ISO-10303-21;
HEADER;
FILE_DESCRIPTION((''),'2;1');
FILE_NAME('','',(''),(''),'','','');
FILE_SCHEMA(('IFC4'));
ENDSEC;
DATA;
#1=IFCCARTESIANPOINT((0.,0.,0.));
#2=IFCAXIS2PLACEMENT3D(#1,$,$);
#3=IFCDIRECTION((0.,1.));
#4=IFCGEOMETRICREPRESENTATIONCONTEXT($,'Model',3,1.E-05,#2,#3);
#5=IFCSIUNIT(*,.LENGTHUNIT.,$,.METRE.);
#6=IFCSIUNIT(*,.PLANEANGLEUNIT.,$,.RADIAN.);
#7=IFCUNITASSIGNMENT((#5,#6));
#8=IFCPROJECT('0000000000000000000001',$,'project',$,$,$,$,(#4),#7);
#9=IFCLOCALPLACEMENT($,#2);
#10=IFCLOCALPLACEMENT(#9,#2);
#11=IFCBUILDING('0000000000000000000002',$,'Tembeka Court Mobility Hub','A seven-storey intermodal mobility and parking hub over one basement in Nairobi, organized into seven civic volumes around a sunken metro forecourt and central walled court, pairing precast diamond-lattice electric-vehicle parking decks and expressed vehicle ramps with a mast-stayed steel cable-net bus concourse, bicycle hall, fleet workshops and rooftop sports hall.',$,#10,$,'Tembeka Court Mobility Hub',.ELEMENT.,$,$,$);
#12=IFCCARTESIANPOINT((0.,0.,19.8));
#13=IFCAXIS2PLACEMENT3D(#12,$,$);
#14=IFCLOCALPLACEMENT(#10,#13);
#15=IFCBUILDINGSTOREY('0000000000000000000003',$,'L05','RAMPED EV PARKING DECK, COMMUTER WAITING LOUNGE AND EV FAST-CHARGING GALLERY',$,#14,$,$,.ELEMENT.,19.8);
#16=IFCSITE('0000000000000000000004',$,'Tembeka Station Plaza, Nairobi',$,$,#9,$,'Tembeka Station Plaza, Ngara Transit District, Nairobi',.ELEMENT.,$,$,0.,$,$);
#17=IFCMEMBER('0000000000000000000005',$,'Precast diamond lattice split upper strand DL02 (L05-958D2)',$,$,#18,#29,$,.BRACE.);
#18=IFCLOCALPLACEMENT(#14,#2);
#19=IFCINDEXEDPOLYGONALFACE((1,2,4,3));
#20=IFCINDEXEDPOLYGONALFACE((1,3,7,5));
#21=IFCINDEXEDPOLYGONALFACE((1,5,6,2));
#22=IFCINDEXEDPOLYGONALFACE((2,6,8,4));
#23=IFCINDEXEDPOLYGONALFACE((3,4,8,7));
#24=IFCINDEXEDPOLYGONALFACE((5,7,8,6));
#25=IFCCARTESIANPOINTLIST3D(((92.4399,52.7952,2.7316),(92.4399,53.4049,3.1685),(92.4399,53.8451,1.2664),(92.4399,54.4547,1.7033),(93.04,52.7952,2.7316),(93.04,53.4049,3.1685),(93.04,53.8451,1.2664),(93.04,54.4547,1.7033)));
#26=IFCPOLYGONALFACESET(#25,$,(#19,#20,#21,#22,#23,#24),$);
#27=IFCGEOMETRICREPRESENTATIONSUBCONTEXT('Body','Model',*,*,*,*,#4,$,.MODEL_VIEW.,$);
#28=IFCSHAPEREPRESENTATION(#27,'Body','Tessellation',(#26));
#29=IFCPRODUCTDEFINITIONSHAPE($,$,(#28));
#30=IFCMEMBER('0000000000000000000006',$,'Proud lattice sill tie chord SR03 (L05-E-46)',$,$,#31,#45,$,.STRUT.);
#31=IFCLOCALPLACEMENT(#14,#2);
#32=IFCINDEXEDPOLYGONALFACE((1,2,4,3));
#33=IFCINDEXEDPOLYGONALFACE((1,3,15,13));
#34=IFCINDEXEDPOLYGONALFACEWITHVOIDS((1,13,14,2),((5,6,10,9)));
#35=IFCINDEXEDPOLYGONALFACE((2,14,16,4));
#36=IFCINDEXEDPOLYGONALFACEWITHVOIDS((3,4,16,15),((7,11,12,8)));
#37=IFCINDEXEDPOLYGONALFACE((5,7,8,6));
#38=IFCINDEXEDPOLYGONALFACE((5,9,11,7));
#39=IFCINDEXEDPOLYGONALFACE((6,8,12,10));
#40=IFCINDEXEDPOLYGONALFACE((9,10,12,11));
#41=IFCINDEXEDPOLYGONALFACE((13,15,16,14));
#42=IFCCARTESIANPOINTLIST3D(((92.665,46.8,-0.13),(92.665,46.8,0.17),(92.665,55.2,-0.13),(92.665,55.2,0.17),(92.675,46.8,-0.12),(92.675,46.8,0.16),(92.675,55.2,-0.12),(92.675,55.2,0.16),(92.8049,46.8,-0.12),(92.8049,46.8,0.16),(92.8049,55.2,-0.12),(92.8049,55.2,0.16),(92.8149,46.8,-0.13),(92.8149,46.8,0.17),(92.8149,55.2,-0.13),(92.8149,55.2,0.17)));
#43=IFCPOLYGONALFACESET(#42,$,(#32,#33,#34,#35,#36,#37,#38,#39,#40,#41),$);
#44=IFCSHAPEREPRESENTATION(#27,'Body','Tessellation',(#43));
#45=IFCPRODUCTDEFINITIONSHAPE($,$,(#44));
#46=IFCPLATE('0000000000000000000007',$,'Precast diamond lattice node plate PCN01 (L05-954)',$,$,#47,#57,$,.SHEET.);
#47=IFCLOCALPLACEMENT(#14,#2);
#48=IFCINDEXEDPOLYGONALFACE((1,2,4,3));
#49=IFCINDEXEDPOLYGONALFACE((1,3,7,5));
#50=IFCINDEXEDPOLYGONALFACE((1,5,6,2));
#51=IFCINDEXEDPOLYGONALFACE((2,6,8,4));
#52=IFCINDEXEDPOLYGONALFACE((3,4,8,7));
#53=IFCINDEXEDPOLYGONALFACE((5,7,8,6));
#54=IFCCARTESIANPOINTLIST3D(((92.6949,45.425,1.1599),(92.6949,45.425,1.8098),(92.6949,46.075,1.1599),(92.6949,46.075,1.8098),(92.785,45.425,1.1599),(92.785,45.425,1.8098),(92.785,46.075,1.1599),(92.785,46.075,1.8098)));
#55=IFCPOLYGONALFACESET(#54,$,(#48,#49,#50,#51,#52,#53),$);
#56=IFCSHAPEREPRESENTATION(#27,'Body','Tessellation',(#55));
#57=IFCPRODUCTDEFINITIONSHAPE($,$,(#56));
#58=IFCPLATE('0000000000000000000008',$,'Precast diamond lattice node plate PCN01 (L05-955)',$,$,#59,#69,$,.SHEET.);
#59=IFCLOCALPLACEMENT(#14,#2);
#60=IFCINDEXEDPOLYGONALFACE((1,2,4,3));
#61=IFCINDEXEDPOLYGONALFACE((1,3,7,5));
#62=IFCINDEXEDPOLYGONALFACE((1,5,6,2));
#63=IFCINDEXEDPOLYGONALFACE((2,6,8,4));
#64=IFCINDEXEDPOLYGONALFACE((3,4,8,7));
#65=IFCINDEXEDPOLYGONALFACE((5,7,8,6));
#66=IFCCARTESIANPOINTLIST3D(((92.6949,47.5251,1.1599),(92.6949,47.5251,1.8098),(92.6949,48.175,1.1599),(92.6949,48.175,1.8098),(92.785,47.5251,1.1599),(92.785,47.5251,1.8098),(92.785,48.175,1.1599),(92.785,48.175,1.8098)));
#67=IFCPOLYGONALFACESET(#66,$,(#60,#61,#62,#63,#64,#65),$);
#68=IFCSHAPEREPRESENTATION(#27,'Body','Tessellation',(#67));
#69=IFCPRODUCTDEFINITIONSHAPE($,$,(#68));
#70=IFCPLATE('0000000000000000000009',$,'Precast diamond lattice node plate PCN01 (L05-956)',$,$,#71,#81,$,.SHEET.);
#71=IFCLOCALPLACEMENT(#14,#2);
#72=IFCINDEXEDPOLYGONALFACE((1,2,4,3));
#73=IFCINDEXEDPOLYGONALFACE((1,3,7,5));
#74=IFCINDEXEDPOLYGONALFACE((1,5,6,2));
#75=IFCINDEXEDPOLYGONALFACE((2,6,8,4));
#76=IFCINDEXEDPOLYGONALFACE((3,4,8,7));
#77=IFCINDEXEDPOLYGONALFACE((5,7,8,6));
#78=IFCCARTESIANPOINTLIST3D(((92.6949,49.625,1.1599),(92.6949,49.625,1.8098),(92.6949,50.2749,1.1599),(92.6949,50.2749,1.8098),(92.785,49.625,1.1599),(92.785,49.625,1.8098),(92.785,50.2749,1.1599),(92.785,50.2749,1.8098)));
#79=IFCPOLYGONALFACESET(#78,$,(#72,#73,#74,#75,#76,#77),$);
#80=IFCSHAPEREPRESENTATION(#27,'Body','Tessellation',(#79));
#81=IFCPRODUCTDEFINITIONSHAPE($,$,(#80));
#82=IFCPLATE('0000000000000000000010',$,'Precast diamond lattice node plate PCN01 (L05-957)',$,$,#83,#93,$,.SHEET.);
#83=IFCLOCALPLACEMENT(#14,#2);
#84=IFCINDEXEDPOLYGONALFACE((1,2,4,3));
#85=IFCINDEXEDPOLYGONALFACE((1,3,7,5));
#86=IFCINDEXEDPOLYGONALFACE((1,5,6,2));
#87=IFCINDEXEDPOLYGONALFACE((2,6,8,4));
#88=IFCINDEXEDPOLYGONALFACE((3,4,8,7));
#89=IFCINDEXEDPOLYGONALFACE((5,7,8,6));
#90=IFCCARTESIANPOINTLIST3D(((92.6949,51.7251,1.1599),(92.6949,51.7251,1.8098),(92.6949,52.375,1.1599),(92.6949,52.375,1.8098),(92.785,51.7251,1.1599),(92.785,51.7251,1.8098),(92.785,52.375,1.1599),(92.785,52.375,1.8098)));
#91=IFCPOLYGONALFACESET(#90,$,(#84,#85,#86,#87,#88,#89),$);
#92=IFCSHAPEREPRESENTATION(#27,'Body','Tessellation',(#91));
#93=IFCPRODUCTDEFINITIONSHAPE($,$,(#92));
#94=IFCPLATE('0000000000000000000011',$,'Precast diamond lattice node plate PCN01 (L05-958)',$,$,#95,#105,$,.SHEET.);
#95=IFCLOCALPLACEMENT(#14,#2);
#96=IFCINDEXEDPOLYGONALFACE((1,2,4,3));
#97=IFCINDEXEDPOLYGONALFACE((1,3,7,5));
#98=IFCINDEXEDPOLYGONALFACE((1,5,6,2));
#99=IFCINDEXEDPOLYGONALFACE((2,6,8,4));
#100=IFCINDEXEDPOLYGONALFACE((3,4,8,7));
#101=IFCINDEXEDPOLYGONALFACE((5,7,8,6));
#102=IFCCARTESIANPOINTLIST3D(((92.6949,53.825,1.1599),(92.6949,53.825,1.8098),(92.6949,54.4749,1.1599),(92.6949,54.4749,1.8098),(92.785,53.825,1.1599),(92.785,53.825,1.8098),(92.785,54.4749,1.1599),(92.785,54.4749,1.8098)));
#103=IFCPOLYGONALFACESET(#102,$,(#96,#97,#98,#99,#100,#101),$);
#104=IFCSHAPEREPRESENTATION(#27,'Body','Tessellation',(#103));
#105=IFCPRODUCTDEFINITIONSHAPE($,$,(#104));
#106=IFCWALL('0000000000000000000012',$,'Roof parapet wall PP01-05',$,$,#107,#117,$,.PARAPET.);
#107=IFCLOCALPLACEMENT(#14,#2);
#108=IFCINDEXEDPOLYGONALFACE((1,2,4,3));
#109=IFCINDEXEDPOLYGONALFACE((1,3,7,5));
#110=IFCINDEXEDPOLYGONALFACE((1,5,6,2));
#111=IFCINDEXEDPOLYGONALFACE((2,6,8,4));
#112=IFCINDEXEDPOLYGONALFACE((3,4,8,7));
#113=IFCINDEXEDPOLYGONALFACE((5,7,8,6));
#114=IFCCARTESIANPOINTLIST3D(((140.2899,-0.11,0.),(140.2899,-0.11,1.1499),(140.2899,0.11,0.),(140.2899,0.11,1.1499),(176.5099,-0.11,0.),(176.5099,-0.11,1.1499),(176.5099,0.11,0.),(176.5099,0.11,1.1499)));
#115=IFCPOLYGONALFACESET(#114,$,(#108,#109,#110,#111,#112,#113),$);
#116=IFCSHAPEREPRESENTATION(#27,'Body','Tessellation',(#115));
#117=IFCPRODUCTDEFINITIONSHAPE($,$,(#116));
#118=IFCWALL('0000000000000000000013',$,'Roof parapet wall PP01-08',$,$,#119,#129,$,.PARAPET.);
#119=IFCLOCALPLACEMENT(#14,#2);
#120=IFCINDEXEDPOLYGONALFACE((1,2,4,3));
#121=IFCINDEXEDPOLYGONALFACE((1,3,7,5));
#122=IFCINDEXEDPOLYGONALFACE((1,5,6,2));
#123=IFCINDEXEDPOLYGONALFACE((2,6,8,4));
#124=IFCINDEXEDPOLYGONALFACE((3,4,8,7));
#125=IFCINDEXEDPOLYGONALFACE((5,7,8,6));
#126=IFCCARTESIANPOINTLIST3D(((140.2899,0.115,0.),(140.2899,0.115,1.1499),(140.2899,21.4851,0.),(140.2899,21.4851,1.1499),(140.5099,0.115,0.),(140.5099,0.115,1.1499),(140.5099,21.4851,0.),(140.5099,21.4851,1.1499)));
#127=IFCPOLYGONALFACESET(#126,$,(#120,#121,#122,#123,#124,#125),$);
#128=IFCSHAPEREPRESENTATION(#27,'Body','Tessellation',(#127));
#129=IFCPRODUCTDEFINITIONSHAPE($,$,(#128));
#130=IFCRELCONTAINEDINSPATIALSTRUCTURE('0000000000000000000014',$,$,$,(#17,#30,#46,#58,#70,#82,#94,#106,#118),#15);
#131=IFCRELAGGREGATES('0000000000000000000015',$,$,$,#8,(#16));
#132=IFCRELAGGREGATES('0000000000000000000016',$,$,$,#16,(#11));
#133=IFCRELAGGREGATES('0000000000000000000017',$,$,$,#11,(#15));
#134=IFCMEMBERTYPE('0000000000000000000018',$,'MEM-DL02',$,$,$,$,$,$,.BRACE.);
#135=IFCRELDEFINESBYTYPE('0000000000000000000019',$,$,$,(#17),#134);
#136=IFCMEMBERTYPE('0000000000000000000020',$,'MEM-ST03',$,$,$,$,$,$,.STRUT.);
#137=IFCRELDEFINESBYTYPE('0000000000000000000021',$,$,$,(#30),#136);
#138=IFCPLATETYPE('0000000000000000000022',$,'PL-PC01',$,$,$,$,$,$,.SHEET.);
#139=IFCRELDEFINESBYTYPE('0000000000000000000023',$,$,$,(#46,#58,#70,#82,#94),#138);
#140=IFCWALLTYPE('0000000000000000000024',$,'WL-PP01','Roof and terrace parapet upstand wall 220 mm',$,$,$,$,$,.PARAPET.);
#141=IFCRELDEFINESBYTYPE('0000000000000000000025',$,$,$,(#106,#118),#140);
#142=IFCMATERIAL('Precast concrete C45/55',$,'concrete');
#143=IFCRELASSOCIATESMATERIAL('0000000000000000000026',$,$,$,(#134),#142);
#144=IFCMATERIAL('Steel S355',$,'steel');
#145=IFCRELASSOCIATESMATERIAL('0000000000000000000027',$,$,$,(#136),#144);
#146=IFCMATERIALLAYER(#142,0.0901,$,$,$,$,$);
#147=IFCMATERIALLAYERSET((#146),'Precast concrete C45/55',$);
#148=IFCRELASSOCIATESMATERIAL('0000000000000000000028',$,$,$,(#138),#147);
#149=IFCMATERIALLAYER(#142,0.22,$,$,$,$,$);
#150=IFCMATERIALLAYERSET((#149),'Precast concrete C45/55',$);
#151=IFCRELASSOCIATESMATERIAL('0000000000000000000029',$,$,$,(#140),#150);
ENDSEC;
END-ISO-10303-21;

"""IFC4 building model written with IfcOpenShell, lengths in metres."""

from ifc_helpers import new_model, si_unit, direction, frame, frame_2d, origin, origin_2d, place, context, subcontext, project, spatial, rectangle, hollow_rectangle, extrude, material, layer, layer_set, material_profile, profile_set, type_object, element, save


model = new_model("IFC4")

# Units and contexts
model_context = context("Model", 3, precision=1e-05, world=origin(), true_north=direction((0.0, 1.0)))
body_context = subcontext(model_context, "Body", "Model", "MODEL_VIEW")
ifc_project = project(units=[si_unit("LENGTHUNIT", "METRE"), si_unit("PLANEANGLEUNIT", "RADIAN")], contexts=[model_context])

# Site, building, storey
site_placement = place(None, origin())
site = spatial("IfcSite", under=ifc_project, at=site_placement, Name="Tembeka Station Plaza, Nairobi", LongName="Tembeka Station Plaza, Ngara Transit District, Nairobi", CompositionType="ELEMENT", RefElevation=0.0)
building_placement = place(site_placement, origin())
building = spatial("IfcBuilding", under=site, at=building_placement, Name="Tembeka Court Mobility Hub", Description="A seven-storey intermodal mobility and parking hub over one basement in Nairobi, organized into seven civic volumes around a sunken metro forecourt and central walled court, pairing precast diamond-lattice electric-vehicle parking decks and expressed vehicle ramps with a mast-stayed steel cable-net bus concourse, bicycle hall, fleet workshops and rooftop sports hall.", LongName="Tembeka Court Mobility Hub", CompositionType="ELEMENT")
storey_placement = place(building_placement, frame((0.0, 0.0, 19.8)))
storey = spatial("IfcBuildingStorey", under=building, at=storey_placement, Name="L05", Description="RAMPED EV PARKING DECK, COMMUTER WAITING LOUNGE AND EV FAST-CHARGING GALLERY", CompositionType="ELEMENT", Elevation=19.8)

# Shared definitions
ifc_material_1 = material(Name="Steel S355", Category="steel")

# Members
ifc_material_2 = material(Name="Precast concrete C45/55", Category="concrete")
ifc_material_profile_1 = material_profile(ifc_material_2, rectangle(XDim=0.6001, YDim=0.75, at=origin_2d()), Name="PC-DIAG 600x750")
ifc_profile_set_1 = profile_set([ifc_material_profile_1], Name="Precast concrete C45/55")
member_type_1 = type_object("IfcMemberType", Name="MEM-DL02", PredefinedType="BRACE", material=ifc_profile_set_1)
member_1_placement = place(storey_placement, frame((92.74, 54.1499, 1.4849), z_axis=(0.0, -0.582455, 0.812863), x_axis=(1.0, 0.0, 0.0)))
element("IfcMember", 1, at=member_1_placement, inside=storey, type_object=member_type_1, Name="Precast diamond lattice split upper strand DL02 (L05-958D2)", PredefinedType="BRACE", context=body_context, shape_type="SweptSolid", body=[
    extrude(rectangle(XDim=0.6001, YDim=0.75, at=origin_2d()), origin(), (0.0, 0.0, 1.0), 1.8025),
])
ifc_material_profile_2 = material_profile(ifc_material_1, hollow_rectangle(XDim=0.1499, YDim=0.3, WallThickness=0.01, at=origin_2d()), Name="RHS 300x150x10")
ifc_profile_set_2 = profile_set([ifc_material_profile_2], Name="Steel S355")
member_type_2 = type_object("IfcMemberType", Name="MEM-ST03", PredefinedType="STRUT", material=ifc_profile_set_2)
member_2_placement = place(storey_placement, frame((92.74, 46.8, 0.02), z_axis=(0.0, 1.0, 0.0), x_axis=(-1.0, 0.0, 0.0)))
element("IfcMember", 2, at=member_2_placement, inside=storey, type_object=member_type_2, Name="Proud lattice sill tie chord SR03 (L05-E-46)", PredefinedType="STRUT", context=body_context, shape_type="SweptSolid", body=[
    extrude(hollow_rectangle(XDim=0.1499, YDim=0.3, WallThickness=0.01, at=origin_2d()), origin(), (0.0, 0.0, 1.0), 8.3999),
])

# Plates
ifc_layer_1 = layer(ifc_material_2, 0.0901)
ifc_layer_set_1 = layer_set([ifc_layer_1], Name="Precast concrete C45/55")
plate_type = type_object("IfcPlateType", Name="PL-PC01", PredefinedType="SHEET", material=ifc_layer_set_1)
for number, where, z_axis, x_axis, name in (
    (3, (92.74, 45.75, 1.1599), (0.0, 0.0, 1.0), (1.0, 0.0, 0.0), "Precast diamond lattice node plate PCN01 (L05-954)"),
    (4, (92.74, 47.8501, 1.1599), (0.0, 0.0, 1.0), (1.0, 0.0, 0.0), "Precast diamond lattice node plate PCN01 (L05-955)"),
    (5, (92.74, 49.95, 1.1599), (0.0, 0.0, 1.0), (1.0, 0.0, 0.0), "Precast diamond lattice node plate PCN01 (L05-956)"),
    (6, (92.74, 52.05, 1.1599), (0.0, 0.0, 1.0), (1.0, 0.0, 0.0), "Precast diamond lattice node plate PCN01 (L05-957)"),
    (7, (92.74, 54.1499, 1.1599), (0.0, 0.0, 1.0), (1.0, 0.0, 0.0), "Precast diamond lattice node plate PCN01 (L05-958)"),
):
    element("IfcPlate", number, at=place(storey_placement, frame(where, z_axis=z_axis, x_axis=x_axis)), inside=storey, type_object=plate_type, Name=name, PredefinedType="SHEET", context=body_context, shape_type="SweptSolid", body=[
        extrude(rectangle(XDim=0.0901, YDim=0.6499, at=origin_2d()), origin(), (0.0, 0.0, 1.0), 0.6499),
    ])

# Walls
ifc_layer_2 = layer(ifc_material_2, 0.22)
ifc_layer_set_2 = layer_set([ifc_layer_2], Name="Precast concrete C45/55")
wall_type = type_object("IfcWallType", Name="WL-PP01", Description="Roof and terrace parapet upstand wall 220 mm", PredefinedType="PARAPET", material=ifc_layer_set_2)
wall_1_placement = place(storey_placement, frame((140.29, 0.0, 0.0), z_axis=(0.0, 0.0, 1.0), x_axis=(1.0, 0.0, 0.0)))
element("IfcWall", 8, at=wall_1_placement, inside=storey, type_object=wall_type, Name="Roof parapet wall PP01-05", PredefinedType="PARAPET", context=body_context, shape_type="SweptSolid", body=[
    extrude(rectangle(XDim=36.22, YDim=0.22, at=frame_2d((18.1099, 0.0))), origin(), (0.0, 0.0, 1.0), 1.1499),
])
wall_2_placement = place(storey_placement, frame((140.3999, 21.4851, 0.0), z_axis=(0.0, 0.0, 1.0), x_axis=(0.0, -1.0, 0.0)))
element("IfcWall", 9, at=wall_2_placement, inside=storey, type_object=wall_type, Name="Roof parapet wall PP01-08", PredefinedType="PARAPET", context=body_context, shape_type="SweptSolid", body=[
    extrude(rectangle(XDim=21.3701, YDim=0.22, at=frame_2d((10.6851, 0.0))), origin(), (0.0, 0.0, 1.0), 1.1499),
])

save(model, "model.ifc")
